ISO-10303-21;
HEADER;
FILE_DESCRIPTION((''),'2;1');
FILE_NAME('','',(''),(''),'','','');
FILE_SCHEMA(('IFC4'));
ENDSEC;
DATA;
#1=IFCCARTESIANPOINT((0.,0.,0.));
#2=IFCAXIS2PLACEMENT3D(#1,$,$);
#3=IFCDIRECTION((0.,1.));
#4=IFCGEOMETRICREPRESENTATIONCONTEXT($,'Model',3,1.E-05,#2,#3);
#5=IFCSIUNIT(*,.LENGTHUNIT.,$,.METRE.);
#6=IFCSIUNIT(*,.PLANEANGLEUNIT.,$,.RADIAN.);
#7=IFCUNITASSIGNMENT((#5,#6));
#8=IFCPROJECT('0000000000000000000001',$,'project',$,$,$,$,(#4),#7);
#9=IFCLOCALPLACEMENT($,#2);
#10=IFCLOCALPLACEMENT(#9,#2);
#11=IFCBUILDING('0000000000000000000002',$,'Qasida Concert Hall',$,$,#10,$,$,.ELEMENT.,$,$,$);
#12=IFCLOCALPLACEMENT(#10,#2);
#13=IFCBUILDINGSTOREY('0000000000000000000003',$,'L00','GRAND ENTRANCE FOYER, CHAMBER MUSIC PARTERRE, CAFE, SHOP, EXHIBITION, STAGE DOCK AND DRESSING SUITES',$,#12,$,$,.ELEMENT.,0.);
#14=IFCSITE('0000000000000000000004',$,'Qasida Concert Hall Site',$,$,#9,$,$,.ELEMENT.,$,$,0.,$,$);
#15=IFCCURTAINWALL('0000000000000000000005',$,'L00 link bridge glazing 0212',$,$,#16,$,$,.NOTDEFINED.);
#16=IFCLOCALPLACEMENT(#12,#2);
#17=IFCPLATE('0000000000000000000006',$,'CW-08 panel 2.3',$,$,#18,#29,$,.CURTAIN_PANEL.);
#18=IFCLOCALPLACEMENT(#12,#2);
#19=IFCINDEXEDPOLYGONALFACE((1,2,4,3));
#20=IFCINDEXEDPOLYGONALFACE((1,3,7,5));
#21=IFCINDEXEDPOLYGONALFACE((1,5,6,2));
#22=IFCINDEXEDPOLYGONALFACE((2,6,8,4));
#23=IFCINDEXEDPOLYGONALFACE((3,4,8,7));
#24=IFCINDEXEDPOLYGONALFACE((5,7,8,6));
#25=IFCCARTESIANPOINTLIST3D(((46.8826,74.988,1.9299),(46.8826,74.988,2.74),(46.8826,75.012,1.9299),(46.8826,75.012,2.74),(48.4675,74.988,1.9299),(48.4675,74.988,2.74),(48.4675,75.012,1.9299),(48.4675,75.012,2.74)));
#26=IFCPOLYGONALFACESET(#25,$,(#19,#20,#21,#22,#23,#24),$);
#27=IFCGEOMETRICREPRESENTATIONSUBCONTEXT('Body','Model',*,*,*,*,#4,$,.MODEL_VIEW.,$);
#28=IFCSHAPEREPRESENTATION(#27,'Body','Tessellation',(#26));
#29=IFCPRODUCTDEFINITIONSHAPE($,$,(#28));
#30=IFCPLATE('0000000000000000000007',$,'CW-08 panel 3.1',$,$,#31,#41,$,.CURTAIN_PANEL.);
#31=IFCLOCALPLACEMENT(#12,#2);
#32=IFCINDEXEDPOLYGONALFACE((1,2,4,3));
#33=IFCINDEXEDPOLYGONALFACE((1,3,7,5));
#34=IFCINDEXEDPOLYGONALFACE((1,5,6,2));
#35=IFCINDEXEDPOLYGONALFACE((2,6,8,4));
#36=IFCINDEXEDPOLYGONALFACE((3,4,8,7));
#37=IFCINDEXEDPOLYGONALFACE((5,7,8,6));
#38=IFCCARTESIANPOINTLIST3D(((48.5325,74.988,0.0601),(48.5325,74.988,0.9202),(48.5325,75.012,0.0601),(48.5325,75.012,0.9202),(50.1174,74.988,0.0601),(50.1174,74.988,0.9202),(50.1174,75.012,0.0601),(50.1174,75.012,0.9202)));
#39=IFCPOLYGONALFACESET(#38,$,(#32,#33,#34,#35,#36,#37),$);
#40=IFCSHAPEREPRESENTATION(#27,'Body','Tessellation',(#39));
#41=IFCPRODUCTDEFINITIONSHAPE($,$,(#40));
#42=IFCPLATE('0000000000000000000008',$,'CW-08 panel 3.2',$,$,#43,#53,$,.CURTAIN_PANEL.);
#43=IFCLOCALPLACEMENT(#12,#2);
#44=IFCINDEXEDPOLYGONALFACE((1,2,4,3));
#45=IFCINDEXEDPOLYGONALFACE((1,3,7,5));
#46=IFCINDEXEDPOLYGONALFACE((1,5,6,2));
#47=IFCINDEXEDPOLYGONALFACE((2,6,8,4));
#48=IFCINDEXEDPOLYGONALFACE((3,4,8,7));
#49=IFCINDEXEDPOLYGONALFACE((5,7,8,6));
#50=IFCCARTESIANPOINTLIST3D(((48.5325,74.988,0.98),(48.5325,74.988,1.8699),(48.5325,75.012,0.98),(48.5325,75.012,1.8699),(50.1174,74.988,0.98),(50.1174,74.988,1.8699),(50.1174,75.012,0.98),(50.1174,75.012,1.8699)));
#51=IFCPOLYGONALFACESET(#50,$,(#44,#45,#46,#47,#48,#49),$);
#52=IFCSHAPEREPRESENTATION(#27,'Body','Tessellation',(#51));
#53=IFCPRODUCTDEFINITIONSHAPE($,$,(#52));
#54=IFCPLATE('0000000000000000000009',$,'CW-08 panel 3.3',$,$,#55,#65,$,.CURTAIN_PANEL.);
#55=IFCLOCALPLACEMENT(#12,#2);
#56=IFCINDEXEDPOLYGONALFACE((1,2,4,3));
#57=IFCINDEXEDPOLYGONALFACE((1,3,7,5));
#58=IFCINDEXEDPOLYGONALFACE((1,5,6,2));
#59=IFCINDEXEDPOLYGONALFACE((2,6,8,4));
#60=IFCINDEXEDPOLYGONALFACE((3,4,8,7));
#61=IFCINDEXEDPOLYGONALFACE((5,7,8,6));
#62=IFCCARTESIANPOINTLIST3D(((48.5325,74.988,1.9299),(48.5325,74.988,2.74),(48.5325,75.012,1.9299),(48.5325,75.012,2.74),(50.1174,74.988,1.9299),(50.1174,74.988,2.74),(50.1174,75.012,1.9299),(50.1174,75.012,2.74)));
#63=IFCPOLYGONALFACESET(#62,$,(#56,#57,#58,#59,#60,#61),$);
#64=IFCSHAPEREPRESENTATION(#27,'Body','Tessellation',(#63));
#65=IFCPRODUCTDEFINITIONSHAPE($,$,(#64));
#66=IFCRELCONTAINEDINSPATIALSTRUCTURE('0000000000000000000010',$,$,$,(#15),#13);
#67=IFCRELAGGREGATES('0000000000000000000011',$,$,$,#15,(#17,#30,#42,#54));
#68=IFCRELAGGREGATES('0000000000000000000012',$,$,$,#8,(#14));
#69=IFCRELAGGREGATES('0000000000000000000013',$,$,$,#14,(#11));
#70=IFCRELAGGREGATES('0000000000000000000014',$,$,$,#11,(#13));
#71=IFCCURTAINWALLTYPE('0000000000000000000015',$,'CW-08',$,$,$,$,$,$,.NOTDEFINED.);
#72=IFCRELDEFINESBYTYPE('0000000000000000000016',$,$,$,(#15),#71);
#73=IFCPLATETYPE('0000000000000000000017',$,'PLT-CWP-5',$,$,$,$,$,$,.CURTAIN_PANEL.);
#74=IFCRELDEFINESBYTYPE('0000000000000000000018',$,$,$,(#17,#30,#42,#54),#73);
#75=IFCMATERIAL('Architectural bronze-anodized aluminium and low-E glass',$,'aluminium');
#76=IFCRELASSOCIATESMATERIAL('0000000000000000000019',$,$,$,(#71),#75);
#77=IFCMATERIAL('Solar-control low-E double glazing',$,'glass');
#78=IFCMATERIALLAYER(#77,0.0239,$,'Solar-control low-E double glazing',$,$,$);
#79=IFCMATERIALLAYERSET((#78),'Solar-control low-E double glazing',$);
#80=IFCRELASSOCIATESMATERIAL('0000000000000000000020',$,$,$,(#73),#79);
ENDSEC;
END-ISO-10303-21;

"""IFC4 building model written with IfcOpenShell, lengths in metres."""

from ifc_helpers import new_model, si_unit, direction, frame, origin, origin_2d, place, context, subcontext, project, spatial, rectangle, extrude, material, layer, layer_set, type_object, element, aggregate, save


model = new_model("IFC4")

# Units and contexts
model_context = context("Model", 3, precision=1e-05, world=origin(), true_north=direction((0.0, 1.0)))
body_context = subcontext(model_context, "Body", "Model", "MODEL_VIEW")
ifc_project = project(units=[si_unit("LENGTHUNIT", "METRE"), si_unit("PLANEANGLEUNIT", "RADIAN")], contexts=[model_context])

# Site, building, storey
site_placement = place(None, origin())
site = spatial("IfcSite", under=ifc_project, at=site_placement, Name="Qasida Concert Hall Site", CompositionType="ELEMENT", RefElevation=0.0)
building_placement = place(site_placement, origin())
building = spatial("IfcBuilding", under=site, at=building_placement, Name="Qasida Concert Hall", CompositionType="ELEMENT")
storey_placement = place(building_placement, origin())
storey = spatial("IfcBuildingStorey", under=building, at=storey_placement, Name="L00", Description="GRAND ENTRANCE FOYER, CHAMBER MUSIC PARTERRE, CAFE, SHOP, EXHIBITION, STAGE DOCK AND DRESSING SUITES", CompositionType="ELEMENT", Elevation=0.0)

# Curtain wall, plates
ifc_material_1 = material(Name="Architectural bronze-anodized aluminium and low-E glass", Category="aluminium")
curtain_wall_type = type_object("IfcCurtainWallType", Name="CW-08", PredefinedType="NOTDEFINED", material=ifc_material_1)
curtain_wall_placement = place(storey_placement, origin())
curtain_wall = element("IfcCurtainWall", 1, at=curtain_wall_placement, inside=storey, type_object=curtain_wall_type, Name="L00 link bridge glazing 0212", PredefinedType="NOTDEFINED")
ifc_material_2 = material(Name="Solar-control low-E double glazing", Category="glass")
ifc_layer = layer(ifc_material_2, 0.0239, Name="Solar-control low-E double glazing")
ifc_layer_set = layer_set([ifc_layer], Name="Solar-control low-E double glazing")
plate_type = type_object("IfcPlateType", Name="PLT-CWP-5", PredefinedType="CURTAIN_PANEL", material=ifc_layer_set)
plate_1_placement = place(storey_placement, frame((47.675, 75.0, 1.9299), z_axis=(0.0, 0.0, 1.0), x_axis=(1.0, 0.0, 0.0)))
plate_1 = element("IfcPlate", 2, at=plate_1_placement, type_object=plate_type, Name="CW-08 panel 2.3", PredefinedType="CURTAIN_PANEL", context=body_context, shape_type="SweptSolid", body=[
    extrude(rectangle(XDim=1.585, YDim=0.0239, at=origin_2d()), origin(), (0.0, 0.0, 1.0), 0.8101),
])
plate_2_placement = place(storey_placement, frame((49.325, 75.0, 0.0601), z_axis=(0.0, 0.0, 1.0), x_axis=(1.0, 0.0, 0.0)))
plate_2 = element("IfcPlate", 3, at=plate_2_placement, type_object=plate_type, Name="CW-08 panel 3.1", PredefinedType="CURTAIN_PANEL", context=body_context, shape_type="SweptSolid", body=[
    extrude(rectangle(XDim=1.585, YDim=0.0239, at=origin_2d()), origin(), (0.0, 0.0, 1.0), 0.8601),
])
plate_3_placement = place(storey_placement, frame((49.325, 75.0, 0.98), z_axis=(0.0, 0.0, 1.0), x_axis=(1.0, 0.0, 0.0)))
plate_3 = element("IfcPlate", 4, at=plate_3_placement, type_object=plate_type, Name="CW-08 panel 3.2", PredefinedType="CURTAIN_PANEL", context=body_context, shape_type="SweptSolid", body=[
    extrude(rectangle(XDim=1.585, YDim=0.0239, at=origin_2d()), origin(), (0.0, 0.0, 1.0), 0.8899),
])
plate_4_placement = place(storey_placement, frame((49.325, 75.0, 1.9299), z_axis=(0.0, 0.0, 1.0), x_axis=(1.0, 0.0, 0.0)))
plate_4 = element("IfcPlate", 5, at=plate_4_placement, type_object=plate_type, Name="CW-08 panel 3.3", PredefinedType="CURTAIN_PANEL", context=body_context, shape_type="SweptSolid", body=[
    extrude(rectangle(XDim=1.585, YDim=0.0239, at=origin_2d()), origin(), (0.0, 0.0, 1.0), 0.8101),
])
aggregate(curtain_wall, [plate_1, plate_2, plate_3, plate_4])

save(model, "model.ifc")
